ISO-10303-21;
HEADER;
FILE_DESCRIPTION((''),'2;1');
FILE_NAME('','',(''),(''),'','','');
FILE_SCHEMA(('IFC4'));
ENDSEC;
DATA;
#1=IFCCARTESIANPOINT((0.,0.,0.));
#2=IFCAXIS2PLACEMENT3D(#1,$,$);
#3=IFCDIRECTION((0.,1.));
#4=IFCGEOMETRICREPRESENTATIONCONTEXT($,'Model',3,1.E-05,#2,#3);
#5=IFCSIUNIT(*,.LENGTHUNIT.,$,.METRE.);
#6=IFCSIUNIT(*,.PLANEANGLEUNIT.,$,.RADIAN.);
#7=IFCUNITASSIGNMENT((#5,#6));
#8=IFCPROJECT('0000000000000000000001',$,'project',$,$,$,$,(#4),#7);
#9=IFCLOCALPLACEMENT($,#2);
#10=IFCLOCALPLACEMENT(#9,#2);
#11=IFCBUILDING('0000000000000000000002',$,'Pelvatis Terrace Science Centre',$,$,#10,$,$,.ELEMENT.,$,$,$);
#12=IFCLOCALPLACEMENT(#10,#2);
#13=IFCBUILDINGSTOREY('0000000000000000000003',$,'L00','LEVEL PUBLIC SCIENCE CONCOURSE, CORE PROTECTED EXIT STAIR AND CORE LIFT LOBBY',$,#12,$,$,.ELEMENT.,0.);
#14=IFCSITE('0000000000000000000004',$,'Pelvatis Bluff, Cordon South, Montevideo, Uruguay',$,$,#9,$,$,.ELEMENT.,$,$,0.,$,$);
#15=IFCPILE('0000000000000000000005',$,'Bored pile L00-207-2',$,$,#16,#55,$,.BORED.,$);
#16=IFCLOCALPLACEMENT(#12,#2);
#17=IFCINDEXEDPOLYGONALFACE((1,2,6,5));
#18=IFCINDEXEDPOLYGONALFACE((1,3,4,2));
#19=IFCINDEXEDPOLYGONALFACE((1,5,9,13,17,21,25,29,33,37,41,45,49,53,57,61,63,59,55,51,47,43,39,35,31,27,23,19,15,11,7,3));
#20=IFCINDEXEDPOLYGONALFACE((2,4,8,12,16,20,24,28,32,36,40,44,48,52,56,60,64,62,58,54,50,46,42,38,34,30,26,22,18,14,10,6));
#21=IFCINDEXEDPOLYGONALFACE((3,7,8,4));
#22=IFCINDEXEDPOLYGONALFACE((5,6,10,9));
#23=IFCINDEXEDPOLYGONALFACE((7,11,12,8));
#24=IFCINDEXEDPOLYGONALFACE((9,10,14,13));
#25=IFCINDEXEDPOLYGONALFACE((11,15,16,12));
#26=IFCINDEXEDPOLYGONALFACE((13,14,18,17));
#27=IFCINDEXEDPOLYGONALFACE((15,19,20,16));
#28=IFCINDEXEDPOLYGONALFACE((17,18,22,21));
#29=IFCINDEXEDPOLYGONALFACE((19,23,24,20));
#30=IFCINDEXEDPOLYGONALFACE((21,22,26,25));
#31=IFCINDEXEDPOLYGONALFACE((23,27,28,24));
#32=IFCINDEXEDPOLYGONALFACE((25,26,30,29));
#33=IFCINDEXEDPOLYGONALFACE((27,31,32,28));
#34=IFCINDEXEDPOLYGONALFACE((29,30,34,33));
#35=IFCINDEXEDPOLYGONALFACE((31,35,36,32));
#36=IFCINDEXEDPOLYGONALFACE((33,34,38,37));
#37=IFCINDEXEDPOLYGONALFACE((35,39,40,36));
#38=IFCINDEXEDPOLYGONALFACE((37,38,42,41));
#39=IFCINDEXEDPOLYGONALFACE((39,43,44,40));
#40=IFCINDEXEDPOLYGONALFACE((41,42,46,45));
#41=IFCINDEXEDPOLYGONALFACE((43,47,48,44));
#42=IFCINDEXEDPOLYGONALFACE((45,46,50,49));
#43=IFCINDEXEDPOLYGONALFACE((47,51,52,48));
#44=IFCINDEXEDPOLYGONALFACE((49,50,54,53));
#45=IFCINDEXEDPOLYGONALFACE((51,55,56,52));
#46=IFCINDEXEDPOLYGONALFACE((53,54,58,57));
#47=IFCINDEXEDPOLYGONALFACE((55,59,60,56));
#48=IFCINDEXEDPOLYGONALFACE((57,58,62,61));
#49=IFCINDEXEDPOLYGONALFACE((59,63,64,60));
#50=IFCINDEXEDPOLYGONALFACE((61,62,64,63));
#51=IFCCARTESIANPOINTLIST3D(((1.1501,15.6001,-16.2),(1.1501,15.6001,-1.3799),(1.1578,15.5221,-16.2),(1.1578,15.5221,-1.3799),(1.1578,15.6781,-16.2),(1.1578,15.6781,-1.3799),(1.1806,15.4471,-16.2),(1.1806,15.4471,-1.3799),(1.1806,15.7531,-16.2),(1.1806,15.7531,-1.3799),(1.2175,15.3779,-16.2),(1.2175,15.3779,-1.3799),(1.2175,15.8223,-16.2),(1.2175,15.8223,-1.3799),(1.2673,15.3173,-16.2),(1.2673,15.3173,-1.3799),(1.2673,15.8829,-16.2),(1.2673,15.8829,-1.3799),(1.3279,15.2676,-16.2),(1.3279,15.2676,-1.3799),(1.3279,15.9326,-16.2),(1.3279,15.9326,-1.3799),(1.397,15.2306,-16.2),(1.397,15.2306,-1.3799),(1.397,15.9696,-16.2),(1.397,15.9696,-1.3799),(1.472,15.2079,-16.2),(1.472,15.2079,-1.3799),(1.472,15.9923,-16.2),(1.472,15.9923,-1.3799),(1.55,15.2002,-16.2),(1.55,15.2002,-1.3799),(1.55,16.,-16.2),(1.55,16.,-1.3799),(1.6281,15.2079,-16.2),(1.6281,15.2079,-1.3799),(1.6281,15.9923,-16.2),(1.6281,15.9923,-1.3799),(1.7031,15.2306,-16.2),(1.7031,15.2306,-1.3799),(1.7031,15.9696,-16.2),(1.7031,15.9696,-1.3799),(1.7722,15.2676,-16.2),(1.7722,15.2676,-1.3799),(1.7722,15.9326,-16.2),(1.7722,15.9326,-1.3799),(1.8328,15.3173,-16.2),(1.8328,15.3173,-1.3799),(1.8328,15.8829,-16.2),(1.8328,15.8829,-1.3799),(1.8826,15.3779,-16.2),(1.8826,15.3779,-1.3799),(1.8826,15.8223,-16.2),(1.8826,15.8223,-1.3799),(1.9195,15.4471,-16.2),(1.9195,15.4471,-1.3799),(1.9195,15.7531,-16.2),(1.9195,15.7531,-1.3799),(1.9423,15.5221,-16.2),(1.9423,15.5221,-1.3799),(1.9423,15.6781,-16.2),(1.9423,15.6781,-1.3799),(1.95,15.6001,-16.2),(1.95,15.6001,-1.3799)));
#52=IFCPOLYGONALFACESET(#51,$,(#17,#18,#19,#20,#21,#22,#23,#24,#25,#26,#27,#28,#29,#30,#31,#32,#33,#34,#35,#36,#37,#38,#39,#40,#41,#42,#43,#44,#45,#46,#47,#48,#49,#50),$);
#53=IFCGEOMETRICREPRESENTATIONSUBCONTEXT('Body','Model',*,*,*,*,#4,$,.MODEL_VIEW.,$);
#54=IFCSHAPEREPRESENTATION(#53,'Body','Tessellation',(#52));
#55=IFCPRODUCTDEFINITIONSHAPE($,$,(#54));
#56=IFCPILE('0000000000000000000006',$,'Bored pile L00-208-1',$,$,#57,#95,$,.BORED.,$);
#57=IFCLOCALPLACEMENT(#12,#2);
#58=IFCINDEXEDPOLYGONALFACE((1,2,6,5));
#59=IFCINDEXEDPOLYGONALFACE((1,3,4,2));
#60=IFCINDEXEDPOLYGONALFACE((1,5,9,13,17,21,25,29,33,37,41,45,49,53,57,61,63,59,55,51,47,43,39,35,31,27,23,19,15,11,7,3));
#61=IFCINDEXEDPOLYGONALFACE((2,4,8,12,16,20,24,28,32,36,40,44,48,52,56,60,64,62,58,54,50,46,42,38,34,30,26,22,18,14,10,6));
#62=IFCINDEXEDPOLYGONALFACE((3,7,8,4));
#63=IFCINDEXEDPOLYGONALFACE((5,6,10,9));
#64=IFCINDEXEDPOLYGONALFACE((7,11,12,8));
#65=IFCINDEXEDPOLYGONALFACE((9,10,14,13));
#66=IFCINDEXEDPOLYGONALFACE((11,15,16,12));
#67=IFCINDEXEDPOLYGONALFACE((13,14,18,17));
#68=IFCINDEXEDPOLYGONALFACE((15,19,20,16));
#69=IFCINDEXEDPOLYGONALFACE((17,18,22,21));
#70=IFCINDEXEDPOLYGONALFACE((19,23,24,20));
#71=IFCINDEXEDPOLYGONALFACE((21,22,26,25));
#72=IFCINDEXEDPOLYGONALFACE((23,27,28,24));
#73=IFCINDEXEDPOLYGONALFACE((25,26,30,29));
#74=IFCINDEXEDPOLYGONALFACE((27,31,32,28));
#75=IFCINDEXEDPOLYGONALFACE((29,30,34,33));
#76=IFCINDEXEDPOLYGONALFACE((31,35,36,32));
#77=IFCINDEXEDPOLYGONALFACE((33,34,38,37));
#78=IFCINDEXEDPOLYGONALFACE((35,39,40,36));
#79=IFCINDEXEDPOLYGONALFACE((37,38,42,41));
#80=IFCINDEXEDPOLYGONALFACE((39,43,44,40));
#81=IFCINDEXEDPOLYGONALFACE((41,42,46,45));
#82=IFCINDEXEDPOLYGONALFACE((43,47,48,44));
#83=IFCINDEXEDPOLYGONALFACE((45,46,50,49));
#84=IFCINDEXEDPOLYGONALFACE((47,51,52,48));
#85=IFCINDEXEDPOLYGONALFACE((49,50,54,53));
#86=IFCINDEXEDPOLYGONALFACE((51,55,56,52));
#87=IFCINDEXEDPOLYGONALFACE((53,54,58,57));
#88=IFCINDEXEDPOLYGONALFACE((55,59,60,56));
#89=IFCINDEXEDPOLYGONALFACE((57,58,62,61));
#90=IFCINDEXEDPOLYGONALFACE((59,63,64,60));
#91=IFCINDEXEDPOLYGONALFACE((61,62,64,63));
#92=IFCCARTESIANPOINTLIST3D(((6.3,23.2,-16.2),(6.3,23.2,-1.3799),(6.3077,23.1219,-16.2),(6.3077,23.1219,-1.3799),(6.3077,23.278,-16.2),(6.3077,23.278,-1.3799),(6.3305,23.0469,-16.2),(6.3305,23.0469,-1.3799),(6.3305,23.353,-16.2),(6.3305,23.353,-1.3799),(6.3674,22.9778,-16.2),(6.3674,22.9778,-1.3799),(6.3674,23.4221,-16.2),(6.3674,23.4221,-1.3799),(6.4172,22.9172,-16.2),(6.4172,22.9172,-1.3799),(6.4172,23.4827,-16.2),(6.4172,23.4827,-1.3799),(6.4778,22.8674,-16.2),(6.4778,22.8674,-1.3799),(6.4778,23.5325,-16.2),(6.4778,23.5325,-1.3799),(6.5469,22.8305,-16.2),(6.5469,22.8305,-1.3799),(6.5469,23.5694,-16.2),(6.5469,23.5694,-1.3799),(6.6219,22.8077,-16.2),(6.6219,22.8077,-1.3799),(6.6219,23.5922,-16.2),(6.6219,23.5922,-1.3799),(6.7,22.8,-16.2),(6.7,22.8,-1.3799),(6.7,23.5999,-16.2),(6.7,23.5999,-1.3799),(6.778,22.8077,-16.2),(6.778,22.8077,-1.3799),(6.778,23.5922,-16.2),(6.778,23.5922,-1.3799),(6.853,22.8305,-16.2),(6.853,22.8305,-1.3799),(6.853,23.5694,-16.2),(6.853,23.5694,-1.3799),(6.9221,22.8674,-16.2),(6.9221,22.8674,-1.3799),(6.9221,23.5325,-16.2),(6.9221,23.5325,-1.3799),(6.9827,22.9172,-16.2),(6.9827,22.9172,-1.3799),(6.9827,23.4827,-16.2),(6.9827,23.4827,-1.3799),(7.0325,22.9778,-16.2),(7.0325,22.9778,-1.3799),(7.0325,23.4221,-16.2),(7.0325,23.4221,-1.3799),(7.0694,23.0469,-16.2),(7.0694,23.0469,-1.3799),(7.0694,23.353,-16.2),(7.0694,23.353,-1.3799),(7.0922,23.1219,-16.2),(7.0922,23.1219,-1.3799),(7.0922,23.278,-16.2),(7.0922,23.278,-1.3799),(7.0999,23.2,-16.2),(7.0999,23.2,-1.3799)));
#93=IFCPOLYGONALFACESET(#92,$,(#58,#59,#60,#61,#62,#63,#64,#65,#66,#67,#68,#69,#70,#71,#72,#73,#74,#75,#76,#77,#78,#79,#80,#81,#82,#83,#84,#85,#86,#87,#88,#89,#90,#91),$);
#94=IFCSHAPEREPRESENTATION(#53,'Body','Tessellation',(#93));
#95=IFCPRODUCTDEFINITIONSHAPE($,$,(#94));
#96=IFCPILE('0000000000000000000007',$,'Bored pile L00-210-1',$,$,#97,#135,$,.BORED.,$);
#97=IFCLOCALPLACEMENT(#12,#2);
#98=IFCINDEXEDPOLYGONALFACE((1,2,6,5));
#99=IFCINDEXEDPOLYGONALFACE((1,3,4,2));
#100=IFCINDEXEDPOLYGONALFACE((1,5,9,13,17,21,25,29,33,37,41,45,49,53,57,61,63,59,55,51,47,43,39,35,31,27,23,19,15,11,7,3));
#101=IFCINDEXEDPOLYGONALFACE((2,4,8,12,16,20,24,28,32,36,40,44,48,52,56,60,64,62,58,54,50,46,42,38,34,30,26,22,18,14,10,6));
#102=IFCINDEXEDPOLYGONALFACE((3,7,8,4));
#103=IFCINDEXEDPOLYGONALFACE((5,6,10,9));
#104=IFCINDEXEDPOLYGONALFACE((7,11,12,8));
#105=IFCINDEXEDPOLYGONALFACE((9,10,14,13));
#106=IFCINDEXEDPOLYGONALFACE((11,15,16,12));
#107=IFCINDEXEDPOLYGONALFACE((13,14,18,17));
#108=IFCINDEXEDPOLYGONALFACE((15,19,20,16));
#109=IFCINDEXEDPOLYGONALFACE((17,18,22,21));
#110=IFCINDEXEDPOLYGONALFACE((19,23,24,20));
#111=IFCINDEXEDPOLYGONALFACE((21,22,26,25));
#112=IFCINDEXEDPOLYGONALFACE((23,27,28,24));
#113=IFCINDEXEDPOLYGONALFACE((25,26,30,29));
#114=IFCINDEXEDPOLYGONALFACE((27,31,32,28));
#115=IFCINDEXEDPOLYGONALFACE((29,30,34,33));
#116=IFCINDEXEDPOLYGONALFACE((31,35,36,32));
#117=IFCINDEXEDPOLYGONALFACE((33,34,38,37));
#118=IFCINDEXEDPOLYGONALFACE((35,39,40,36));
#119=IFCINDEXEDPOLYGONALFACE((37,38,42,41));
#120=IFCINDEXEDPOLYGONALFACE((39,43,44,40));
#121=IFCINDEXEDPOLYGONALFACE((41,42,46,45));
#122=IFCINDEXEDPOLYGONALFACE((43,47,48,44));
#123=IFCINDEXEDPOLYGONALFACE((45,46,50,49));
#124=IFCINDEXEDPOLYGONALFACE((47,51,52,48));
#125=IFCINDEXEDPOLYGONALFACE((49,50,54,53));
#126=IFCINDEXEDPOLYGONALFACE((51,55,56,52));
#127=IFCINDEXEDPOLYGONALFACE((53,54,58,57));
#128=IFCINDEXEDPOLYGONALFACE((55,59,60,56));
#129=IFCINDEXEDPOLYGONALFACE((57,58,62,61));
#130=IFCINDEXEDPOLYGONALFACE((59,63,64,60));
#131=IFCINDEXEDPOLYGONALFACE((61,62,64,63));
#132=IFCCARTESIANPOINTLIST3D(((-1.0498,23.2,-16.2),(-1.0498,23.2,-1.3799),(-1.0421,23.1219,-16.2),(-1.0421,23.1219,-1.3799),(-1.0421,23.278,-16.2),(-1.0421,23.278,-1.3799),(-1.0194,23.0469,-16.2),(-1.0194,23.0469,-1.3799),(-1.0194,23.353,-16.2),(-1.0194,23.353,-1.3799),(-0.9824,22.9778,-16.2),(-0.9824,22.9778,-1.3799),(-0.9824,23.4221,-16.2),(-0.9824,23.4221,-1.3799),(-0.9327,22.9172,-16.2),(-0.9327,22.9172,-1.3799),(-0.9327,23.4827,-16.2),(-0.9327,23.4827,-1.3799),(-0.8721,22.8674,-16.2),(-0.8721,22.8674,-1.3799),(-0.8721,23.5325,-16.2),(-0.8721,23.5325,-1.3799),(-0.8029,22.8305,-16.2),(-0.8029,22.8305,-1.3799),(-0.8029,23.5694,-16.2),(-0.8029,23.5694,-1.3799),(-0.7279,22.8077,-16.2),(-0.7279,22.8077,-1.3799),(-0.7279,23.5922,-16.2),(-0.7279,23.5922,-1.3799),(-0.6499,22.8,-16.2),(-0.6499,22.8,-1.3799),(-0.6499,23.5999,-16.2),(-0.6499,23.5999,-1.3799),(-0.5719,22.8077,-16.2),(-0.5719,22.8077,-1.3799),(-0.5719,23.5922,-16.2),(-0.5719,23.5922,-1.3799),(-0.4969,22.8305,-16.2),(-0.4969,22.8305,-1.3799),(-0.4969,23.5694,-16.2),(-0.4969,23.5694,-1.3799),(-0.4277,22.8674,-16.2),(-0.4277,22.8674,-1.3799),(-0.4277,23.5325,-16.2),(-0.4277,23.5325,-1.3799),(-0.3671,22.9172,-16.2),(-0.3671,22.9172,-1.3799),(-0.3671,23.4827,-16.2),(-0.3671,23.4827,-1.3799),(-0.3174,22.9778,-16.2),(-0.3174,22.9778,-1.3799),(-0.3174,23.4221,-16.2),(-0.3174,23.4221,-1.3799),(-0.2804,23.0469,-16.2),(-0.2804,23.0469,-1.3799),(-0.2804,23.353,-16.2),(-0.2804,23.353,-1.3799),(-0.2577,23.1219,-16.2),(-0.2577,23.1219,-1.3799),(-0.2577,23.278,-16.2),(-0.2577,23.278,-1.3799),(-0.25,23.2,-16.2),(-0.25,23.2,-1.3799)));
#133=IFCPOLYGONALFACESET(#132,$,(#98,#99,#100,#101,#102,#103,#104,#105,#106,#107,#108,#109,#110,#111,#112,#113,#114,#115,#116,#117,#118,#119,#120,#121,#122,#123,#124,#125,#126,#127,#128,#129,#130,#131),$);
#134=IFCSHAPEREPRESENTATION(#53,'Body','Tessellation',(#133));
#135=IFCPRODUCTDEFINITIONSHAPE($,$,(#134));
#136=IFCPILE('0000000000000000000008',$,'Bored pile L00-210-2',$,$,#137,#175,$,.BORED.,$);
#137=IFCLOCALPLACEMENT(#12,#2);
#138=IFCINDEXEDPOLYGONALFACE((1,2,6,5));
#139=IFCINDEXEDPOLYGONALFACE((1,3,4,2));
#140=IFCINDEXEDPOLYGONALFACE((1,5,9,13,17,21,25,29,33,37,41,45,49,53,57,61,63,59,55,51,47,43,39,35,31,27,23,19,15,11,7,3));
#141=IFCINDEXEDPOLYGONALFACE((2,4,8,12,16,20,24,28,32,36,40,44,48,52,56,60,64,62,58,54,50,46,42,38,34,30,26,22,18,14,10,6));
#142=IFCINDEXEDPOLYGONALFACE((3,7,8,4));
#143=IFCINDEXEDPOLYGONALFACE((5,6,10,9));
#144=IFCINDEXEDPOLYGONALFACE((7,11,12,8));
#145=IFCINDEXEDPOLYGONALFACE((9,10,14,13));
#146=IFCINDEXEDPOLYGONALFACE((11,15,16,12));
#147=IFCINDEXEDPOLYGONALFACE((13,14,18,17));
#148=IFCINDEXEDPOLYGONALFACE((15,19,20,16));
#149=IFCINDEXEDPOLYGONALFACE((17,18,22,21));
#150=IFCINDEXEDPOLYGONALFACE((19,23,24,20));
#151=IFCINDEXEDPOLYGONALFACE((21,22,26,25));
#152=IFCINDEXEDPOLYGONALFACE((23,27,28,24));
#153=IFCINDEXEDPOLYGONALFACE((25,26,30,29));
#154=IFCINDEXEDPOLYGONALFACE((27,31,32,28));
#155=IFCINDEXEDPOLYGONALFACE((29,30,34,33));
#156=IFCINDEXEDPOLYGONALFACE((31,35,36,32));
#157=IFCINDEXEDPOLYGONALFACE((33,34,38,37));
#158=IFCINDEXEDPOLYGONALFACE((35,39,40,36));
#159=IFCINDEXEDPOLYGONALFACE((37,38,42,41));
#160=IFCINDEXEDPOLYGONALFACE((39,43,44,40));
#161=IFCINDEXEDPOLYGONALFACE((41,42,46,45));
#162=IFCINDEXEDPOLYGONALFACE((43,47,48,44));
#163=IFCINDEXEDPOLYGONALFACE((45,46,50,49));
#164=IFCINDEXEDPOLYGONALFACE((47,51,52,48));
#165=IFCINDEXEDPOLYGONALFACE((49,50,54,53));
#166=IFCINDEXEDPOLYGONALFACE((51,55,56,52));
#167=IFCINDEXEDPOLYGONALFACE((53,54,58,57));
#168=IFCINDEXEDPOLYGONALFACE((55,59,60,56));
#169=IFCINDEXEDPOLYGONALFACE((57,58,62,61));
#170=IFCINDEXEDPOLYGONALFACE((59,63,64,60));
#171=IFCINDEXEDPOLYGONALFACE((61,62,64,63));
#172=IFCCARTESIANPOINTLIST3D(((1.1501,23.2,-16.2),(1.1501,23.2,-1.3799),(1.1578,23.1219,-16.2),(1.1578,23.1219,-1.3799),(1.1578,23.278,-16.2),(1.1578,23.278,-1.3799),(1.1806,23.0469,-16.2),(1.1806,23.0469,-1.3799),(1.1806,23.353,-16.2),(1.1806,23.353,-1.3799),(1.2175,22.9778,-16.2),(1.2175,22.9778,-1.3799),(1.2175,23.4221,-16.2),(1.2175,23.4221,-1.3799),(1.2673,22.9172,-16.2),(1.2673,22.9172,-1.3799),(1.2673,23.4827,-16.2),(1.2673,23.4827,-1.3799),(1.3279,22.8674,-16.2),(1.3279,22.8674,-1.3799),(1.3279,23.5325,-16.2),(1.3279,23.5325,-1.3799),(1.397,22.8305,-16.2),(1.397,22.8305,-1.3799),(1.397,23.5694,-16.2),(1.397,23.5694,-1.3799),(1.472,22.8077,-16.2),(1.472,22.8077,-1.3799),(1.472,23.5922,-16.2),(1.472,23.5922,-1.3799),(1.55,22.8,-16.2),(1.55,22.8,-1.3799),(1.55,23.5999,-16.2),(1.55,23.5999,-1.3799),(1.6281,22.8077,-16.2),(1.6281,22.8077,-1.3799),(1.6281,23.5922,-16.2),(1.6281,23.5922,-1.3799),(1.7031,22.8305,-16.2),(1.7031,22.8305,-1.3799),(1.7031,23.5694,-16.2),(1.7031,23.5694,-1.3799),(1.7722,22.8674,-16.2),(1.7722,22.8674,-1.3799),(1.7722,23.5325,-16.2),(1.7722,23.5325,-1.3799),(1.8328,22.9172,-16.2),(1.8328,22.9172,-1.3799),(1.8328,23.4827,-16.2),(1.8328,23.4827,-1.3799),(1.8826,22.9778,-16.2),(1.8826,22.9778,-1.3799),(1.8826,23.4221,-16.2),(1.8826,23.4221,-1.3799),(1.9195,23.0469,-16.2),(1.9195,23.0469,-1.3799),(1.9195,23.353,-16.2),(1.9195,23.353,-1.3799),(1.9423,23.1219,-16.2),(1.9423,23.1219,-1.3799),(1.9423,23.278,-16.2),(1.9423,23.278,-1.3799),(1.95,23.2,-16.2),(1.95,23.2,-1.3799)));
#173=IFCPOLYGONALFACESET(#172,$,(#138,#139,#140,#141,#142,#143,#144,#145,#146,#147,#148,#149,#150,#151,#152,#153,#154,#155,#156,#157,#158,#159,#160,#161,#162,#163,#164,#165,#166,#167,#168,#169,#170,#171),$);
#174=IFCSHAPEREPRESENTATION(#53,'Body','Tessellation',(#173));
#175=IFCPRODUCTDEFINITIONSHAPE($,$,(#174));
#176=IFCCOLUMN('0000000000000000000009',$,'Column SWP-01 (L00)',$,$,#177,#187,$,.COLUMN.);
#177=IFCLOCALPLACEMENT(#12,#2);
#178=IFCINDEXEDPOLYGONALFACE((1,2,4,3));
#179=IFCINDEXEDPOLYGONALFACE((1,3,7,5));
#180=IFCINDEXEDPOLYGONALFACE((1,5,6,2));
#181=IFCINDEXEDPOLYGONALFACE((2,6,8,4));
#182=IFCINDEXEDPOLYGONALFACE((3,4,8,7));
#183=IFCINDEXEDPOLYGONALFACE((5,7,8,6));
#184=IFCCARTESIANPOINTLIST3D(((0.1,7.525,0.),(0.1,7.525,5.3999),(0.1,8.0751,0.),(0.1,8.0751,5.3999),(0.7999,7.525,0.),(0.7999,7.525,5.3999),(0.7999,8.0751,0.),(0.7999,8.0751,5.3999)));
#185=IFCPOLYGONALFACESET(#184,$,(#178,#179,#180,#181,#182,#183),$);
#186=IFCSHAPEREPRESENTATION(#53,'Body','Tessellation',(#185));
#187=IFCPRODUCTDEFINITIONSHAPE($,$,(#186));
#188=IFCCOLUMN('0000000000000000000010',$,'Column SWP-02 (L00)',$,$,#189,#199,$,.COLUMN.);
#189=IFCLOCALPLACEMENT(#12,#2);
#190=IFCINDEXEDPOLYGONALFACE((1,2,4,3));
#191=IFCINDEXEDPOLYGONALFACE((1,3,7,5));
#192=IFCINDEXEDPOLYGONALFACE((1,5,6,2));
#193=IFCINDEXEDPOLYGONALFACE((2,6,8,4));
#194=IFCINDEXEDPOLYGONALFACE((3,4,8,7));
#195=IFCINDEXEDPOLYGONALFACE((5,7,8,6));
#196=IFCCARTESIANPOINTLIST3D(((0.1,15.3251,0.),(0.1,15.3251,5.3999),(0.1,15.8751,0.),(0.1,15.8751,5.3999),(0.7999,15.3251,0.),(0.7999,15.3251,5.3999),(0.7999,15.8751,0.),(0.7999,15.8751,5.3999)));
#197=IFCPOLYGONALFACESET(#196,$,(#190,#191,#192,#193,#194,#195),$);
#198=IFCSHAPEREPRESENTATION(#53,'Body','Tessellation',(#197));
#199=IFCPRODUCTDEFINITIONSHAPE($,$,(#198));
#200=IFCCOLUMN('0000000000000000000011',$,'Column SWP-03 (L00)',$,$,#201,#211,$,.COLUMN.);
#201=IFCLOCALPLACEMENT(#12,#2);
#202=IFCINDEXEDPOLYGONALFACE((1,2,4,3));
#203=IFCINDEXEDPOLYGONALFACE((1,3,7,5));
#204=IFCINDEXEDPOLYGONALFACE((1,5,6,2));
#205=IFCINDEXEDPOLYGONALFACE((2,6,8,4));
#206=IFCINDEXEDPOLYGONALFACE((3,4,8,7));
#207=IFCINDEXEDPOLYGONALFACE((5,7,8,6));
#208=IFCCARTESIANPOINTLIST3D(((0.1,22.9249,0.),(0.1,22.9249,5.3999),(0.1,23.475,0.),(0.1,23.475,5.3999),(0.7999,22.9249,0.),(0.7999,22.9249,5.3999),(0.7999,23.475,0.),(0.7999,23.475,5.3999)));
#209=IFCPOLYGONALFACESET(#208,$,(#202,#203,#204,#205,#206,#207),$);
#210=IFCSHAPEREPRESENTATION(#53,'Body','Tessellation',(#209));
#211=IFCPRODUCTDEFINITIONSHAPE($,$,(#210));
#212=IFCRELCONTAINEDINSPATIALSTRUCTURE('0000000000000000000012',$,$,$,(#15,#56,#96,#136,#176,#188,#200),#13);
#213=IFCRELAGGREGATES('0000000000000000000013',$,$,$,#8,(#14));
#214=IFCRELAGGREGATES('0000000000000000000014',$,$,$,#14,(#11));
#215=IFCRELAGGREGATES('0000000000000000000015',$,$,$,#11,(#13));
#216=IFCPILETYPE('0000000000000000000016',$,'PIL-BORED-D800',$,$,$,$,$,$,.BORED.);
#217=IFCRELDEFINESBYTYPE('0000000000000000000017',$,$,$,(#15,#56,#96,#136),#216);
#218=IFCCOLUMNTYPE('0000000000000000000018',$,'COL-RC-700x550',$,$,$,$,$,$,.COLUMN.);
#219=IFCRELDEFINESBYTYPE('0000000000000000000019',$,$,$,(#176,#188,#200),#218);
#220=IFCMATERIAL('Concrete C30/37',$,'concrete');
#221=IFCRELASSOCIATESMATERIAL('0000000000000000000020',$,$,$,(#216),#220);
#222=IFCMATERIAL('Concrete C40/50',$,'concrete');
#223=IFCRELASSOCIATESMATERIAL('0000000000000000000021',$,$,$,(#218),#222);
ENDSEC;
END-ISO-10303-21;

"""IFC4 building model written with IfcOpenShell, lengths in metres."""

from ifc_helpers import new_model, si_unit, direction, frame, origin, origin_2d, place, context, subcontext, project, spatial, rectangle, circle, extrude, material, material_profile, profile_set, type_object, element, save


model = new_model("IFC4")

# Units and contexts
model_context = context("Model", 3, precision=1e-05, world=origin(), true_north=direction((0.0, 1.0)))
body_context = subcontext(model_context, "Body", "Model", "MODEL_VIEW")
ifc_project = project(units=[si_unit("LENGTHUNIT", "METRE"), si_unit("PLANEANGLEUNIT", "RADIAN")], contexts=[model_context])

# Site, building, storey
site_placement = place(None, origin())
site = spatial("IfcSite", under=ifc_project, at=site_placement, Name="Pelvatis Bluff, Cordon South, Montevideo, Uruguay", CompositionType="ELEMENT", RefElevation=0.0)
building_placement = place(site_placement, origin())
building = spatial("IfcBuilding", under=site, at=building_placement, Name="Pelvatis Terrace Science Centre", CompositionType="ELEMENT")
storey_placement = place(building_placement, origin())
storey = spatial("IfcBuildingStorey", under=building, at=storey_placement, Name="L00", Description="LEVEL PUBLIC SCIENCE CONCOURSE, CORE PROTECTED EXIT STAIR AND CORE LIFT LOBBY", CompositionType="ELEMENT", Elevation=0.0)

# Piles
ifc_material_1 = material(Name="Concrete C30/37", Category="concrete")
ifc_material_profile_1 = material_profile(ifc_material_1, circle(Radius=0.3999, at=origin_2d()), Name="PILE D800")
ifc_profile_set_1 = profile_set([ifc_material_profile_1], Name="Concrete C30/37")
pile_type = type_object("IfcPileType", Name="PIL-BORED-D800", PredefinedType="BORED", material=ifc_profile_set_1)
for number, where, z_axis, x_axis, name in (
    (1, (1.55, 15.6001, -1.3799), (0.0, 0.0, -1.0), (1.0, 0.0, 0.0), "Bored pile L00-207-2"),
    (2, (6.7, 23.2, -1.3799), (0.0, 0.0, -1.0), (1.0, 0.0, 0.0), "Bored pile L00-208-1"),
    (3, (-0.6499, 23.2, -1.3799), (0.0, 0.0, -1.0), (1.0, 0.0, 0.0), "Bored pile L00-210-1"),
    (4, (1.55, 23.2, -1.3799), (0.0, 0.0, -1.0), (1.0, 0.0, 0.0), "Bored pile L00-210-2"),
):
    element("IfcPile", number, at=place(storey_placement, frame(where, z_axis=z_axis, x_axis=x_axis)), inside=storey, type_object=pile_type, Name=name, PredefinedType="BORED", context=body_context, shape_type="SweptSolid", body=[
        extrude(circle(Radius=0.3999, at=origin_2d()), origin(), (0.0, 0.0, 1.0), 14.8201),
    ])

# Columns
ifc_material_2 = material(Name="Concrete C40/50", Category="concrete")
ifc_material_profile_2 = material_profile(ifc_material_2, rectangle(XDim=0.7, YDim=0.55, at=origin_2d()), Name="RC-COL 700x550")
ifc_profile_set_2 = profile_set([ifc_material_profile_2], Name="Concrete C40/50")
column_type = type_object("IfcColumnType", Name="COL-RC-700x550", PredefinedType="COLUMN", material=ifc_profile_set_2)
for number, where, z_axis, x_axis, name in (
    (5, (0.45, 7.8, 0.0), (0.0, 0.0, 1.0), (1.0, 0.0, 0.0), "Column SWP-01 (L00)"),
    (6, (0.45, 15.6001, 0.0), (0.0, 0.0, 1.0), (1.0, 0.0, 0.0), "Column SWP-02 (L00)"),
    (7, (0.45, 23.2, 0.0), (0.0, 0.0, 1.0), (1.0, 0.0, 0.0), "Column SWP-03 (L00)"),
):
    element("IfcColumn", number, at=place(storey_placement, frame(where, z_axis=z_axis, x_axis=x_axis)), inside=storey, type_object=column_type, Name=name, PredefinedType="COLUMN", context=body_context, shape_type="SweptSolid", body=[
        extrude(rectangle(XDim=0.7, YDim=0.55, at=origin_2d()), origin(), (0.0, 0.0, 1.0), 5.3999),
    ])

save(model, "model.ifc")
